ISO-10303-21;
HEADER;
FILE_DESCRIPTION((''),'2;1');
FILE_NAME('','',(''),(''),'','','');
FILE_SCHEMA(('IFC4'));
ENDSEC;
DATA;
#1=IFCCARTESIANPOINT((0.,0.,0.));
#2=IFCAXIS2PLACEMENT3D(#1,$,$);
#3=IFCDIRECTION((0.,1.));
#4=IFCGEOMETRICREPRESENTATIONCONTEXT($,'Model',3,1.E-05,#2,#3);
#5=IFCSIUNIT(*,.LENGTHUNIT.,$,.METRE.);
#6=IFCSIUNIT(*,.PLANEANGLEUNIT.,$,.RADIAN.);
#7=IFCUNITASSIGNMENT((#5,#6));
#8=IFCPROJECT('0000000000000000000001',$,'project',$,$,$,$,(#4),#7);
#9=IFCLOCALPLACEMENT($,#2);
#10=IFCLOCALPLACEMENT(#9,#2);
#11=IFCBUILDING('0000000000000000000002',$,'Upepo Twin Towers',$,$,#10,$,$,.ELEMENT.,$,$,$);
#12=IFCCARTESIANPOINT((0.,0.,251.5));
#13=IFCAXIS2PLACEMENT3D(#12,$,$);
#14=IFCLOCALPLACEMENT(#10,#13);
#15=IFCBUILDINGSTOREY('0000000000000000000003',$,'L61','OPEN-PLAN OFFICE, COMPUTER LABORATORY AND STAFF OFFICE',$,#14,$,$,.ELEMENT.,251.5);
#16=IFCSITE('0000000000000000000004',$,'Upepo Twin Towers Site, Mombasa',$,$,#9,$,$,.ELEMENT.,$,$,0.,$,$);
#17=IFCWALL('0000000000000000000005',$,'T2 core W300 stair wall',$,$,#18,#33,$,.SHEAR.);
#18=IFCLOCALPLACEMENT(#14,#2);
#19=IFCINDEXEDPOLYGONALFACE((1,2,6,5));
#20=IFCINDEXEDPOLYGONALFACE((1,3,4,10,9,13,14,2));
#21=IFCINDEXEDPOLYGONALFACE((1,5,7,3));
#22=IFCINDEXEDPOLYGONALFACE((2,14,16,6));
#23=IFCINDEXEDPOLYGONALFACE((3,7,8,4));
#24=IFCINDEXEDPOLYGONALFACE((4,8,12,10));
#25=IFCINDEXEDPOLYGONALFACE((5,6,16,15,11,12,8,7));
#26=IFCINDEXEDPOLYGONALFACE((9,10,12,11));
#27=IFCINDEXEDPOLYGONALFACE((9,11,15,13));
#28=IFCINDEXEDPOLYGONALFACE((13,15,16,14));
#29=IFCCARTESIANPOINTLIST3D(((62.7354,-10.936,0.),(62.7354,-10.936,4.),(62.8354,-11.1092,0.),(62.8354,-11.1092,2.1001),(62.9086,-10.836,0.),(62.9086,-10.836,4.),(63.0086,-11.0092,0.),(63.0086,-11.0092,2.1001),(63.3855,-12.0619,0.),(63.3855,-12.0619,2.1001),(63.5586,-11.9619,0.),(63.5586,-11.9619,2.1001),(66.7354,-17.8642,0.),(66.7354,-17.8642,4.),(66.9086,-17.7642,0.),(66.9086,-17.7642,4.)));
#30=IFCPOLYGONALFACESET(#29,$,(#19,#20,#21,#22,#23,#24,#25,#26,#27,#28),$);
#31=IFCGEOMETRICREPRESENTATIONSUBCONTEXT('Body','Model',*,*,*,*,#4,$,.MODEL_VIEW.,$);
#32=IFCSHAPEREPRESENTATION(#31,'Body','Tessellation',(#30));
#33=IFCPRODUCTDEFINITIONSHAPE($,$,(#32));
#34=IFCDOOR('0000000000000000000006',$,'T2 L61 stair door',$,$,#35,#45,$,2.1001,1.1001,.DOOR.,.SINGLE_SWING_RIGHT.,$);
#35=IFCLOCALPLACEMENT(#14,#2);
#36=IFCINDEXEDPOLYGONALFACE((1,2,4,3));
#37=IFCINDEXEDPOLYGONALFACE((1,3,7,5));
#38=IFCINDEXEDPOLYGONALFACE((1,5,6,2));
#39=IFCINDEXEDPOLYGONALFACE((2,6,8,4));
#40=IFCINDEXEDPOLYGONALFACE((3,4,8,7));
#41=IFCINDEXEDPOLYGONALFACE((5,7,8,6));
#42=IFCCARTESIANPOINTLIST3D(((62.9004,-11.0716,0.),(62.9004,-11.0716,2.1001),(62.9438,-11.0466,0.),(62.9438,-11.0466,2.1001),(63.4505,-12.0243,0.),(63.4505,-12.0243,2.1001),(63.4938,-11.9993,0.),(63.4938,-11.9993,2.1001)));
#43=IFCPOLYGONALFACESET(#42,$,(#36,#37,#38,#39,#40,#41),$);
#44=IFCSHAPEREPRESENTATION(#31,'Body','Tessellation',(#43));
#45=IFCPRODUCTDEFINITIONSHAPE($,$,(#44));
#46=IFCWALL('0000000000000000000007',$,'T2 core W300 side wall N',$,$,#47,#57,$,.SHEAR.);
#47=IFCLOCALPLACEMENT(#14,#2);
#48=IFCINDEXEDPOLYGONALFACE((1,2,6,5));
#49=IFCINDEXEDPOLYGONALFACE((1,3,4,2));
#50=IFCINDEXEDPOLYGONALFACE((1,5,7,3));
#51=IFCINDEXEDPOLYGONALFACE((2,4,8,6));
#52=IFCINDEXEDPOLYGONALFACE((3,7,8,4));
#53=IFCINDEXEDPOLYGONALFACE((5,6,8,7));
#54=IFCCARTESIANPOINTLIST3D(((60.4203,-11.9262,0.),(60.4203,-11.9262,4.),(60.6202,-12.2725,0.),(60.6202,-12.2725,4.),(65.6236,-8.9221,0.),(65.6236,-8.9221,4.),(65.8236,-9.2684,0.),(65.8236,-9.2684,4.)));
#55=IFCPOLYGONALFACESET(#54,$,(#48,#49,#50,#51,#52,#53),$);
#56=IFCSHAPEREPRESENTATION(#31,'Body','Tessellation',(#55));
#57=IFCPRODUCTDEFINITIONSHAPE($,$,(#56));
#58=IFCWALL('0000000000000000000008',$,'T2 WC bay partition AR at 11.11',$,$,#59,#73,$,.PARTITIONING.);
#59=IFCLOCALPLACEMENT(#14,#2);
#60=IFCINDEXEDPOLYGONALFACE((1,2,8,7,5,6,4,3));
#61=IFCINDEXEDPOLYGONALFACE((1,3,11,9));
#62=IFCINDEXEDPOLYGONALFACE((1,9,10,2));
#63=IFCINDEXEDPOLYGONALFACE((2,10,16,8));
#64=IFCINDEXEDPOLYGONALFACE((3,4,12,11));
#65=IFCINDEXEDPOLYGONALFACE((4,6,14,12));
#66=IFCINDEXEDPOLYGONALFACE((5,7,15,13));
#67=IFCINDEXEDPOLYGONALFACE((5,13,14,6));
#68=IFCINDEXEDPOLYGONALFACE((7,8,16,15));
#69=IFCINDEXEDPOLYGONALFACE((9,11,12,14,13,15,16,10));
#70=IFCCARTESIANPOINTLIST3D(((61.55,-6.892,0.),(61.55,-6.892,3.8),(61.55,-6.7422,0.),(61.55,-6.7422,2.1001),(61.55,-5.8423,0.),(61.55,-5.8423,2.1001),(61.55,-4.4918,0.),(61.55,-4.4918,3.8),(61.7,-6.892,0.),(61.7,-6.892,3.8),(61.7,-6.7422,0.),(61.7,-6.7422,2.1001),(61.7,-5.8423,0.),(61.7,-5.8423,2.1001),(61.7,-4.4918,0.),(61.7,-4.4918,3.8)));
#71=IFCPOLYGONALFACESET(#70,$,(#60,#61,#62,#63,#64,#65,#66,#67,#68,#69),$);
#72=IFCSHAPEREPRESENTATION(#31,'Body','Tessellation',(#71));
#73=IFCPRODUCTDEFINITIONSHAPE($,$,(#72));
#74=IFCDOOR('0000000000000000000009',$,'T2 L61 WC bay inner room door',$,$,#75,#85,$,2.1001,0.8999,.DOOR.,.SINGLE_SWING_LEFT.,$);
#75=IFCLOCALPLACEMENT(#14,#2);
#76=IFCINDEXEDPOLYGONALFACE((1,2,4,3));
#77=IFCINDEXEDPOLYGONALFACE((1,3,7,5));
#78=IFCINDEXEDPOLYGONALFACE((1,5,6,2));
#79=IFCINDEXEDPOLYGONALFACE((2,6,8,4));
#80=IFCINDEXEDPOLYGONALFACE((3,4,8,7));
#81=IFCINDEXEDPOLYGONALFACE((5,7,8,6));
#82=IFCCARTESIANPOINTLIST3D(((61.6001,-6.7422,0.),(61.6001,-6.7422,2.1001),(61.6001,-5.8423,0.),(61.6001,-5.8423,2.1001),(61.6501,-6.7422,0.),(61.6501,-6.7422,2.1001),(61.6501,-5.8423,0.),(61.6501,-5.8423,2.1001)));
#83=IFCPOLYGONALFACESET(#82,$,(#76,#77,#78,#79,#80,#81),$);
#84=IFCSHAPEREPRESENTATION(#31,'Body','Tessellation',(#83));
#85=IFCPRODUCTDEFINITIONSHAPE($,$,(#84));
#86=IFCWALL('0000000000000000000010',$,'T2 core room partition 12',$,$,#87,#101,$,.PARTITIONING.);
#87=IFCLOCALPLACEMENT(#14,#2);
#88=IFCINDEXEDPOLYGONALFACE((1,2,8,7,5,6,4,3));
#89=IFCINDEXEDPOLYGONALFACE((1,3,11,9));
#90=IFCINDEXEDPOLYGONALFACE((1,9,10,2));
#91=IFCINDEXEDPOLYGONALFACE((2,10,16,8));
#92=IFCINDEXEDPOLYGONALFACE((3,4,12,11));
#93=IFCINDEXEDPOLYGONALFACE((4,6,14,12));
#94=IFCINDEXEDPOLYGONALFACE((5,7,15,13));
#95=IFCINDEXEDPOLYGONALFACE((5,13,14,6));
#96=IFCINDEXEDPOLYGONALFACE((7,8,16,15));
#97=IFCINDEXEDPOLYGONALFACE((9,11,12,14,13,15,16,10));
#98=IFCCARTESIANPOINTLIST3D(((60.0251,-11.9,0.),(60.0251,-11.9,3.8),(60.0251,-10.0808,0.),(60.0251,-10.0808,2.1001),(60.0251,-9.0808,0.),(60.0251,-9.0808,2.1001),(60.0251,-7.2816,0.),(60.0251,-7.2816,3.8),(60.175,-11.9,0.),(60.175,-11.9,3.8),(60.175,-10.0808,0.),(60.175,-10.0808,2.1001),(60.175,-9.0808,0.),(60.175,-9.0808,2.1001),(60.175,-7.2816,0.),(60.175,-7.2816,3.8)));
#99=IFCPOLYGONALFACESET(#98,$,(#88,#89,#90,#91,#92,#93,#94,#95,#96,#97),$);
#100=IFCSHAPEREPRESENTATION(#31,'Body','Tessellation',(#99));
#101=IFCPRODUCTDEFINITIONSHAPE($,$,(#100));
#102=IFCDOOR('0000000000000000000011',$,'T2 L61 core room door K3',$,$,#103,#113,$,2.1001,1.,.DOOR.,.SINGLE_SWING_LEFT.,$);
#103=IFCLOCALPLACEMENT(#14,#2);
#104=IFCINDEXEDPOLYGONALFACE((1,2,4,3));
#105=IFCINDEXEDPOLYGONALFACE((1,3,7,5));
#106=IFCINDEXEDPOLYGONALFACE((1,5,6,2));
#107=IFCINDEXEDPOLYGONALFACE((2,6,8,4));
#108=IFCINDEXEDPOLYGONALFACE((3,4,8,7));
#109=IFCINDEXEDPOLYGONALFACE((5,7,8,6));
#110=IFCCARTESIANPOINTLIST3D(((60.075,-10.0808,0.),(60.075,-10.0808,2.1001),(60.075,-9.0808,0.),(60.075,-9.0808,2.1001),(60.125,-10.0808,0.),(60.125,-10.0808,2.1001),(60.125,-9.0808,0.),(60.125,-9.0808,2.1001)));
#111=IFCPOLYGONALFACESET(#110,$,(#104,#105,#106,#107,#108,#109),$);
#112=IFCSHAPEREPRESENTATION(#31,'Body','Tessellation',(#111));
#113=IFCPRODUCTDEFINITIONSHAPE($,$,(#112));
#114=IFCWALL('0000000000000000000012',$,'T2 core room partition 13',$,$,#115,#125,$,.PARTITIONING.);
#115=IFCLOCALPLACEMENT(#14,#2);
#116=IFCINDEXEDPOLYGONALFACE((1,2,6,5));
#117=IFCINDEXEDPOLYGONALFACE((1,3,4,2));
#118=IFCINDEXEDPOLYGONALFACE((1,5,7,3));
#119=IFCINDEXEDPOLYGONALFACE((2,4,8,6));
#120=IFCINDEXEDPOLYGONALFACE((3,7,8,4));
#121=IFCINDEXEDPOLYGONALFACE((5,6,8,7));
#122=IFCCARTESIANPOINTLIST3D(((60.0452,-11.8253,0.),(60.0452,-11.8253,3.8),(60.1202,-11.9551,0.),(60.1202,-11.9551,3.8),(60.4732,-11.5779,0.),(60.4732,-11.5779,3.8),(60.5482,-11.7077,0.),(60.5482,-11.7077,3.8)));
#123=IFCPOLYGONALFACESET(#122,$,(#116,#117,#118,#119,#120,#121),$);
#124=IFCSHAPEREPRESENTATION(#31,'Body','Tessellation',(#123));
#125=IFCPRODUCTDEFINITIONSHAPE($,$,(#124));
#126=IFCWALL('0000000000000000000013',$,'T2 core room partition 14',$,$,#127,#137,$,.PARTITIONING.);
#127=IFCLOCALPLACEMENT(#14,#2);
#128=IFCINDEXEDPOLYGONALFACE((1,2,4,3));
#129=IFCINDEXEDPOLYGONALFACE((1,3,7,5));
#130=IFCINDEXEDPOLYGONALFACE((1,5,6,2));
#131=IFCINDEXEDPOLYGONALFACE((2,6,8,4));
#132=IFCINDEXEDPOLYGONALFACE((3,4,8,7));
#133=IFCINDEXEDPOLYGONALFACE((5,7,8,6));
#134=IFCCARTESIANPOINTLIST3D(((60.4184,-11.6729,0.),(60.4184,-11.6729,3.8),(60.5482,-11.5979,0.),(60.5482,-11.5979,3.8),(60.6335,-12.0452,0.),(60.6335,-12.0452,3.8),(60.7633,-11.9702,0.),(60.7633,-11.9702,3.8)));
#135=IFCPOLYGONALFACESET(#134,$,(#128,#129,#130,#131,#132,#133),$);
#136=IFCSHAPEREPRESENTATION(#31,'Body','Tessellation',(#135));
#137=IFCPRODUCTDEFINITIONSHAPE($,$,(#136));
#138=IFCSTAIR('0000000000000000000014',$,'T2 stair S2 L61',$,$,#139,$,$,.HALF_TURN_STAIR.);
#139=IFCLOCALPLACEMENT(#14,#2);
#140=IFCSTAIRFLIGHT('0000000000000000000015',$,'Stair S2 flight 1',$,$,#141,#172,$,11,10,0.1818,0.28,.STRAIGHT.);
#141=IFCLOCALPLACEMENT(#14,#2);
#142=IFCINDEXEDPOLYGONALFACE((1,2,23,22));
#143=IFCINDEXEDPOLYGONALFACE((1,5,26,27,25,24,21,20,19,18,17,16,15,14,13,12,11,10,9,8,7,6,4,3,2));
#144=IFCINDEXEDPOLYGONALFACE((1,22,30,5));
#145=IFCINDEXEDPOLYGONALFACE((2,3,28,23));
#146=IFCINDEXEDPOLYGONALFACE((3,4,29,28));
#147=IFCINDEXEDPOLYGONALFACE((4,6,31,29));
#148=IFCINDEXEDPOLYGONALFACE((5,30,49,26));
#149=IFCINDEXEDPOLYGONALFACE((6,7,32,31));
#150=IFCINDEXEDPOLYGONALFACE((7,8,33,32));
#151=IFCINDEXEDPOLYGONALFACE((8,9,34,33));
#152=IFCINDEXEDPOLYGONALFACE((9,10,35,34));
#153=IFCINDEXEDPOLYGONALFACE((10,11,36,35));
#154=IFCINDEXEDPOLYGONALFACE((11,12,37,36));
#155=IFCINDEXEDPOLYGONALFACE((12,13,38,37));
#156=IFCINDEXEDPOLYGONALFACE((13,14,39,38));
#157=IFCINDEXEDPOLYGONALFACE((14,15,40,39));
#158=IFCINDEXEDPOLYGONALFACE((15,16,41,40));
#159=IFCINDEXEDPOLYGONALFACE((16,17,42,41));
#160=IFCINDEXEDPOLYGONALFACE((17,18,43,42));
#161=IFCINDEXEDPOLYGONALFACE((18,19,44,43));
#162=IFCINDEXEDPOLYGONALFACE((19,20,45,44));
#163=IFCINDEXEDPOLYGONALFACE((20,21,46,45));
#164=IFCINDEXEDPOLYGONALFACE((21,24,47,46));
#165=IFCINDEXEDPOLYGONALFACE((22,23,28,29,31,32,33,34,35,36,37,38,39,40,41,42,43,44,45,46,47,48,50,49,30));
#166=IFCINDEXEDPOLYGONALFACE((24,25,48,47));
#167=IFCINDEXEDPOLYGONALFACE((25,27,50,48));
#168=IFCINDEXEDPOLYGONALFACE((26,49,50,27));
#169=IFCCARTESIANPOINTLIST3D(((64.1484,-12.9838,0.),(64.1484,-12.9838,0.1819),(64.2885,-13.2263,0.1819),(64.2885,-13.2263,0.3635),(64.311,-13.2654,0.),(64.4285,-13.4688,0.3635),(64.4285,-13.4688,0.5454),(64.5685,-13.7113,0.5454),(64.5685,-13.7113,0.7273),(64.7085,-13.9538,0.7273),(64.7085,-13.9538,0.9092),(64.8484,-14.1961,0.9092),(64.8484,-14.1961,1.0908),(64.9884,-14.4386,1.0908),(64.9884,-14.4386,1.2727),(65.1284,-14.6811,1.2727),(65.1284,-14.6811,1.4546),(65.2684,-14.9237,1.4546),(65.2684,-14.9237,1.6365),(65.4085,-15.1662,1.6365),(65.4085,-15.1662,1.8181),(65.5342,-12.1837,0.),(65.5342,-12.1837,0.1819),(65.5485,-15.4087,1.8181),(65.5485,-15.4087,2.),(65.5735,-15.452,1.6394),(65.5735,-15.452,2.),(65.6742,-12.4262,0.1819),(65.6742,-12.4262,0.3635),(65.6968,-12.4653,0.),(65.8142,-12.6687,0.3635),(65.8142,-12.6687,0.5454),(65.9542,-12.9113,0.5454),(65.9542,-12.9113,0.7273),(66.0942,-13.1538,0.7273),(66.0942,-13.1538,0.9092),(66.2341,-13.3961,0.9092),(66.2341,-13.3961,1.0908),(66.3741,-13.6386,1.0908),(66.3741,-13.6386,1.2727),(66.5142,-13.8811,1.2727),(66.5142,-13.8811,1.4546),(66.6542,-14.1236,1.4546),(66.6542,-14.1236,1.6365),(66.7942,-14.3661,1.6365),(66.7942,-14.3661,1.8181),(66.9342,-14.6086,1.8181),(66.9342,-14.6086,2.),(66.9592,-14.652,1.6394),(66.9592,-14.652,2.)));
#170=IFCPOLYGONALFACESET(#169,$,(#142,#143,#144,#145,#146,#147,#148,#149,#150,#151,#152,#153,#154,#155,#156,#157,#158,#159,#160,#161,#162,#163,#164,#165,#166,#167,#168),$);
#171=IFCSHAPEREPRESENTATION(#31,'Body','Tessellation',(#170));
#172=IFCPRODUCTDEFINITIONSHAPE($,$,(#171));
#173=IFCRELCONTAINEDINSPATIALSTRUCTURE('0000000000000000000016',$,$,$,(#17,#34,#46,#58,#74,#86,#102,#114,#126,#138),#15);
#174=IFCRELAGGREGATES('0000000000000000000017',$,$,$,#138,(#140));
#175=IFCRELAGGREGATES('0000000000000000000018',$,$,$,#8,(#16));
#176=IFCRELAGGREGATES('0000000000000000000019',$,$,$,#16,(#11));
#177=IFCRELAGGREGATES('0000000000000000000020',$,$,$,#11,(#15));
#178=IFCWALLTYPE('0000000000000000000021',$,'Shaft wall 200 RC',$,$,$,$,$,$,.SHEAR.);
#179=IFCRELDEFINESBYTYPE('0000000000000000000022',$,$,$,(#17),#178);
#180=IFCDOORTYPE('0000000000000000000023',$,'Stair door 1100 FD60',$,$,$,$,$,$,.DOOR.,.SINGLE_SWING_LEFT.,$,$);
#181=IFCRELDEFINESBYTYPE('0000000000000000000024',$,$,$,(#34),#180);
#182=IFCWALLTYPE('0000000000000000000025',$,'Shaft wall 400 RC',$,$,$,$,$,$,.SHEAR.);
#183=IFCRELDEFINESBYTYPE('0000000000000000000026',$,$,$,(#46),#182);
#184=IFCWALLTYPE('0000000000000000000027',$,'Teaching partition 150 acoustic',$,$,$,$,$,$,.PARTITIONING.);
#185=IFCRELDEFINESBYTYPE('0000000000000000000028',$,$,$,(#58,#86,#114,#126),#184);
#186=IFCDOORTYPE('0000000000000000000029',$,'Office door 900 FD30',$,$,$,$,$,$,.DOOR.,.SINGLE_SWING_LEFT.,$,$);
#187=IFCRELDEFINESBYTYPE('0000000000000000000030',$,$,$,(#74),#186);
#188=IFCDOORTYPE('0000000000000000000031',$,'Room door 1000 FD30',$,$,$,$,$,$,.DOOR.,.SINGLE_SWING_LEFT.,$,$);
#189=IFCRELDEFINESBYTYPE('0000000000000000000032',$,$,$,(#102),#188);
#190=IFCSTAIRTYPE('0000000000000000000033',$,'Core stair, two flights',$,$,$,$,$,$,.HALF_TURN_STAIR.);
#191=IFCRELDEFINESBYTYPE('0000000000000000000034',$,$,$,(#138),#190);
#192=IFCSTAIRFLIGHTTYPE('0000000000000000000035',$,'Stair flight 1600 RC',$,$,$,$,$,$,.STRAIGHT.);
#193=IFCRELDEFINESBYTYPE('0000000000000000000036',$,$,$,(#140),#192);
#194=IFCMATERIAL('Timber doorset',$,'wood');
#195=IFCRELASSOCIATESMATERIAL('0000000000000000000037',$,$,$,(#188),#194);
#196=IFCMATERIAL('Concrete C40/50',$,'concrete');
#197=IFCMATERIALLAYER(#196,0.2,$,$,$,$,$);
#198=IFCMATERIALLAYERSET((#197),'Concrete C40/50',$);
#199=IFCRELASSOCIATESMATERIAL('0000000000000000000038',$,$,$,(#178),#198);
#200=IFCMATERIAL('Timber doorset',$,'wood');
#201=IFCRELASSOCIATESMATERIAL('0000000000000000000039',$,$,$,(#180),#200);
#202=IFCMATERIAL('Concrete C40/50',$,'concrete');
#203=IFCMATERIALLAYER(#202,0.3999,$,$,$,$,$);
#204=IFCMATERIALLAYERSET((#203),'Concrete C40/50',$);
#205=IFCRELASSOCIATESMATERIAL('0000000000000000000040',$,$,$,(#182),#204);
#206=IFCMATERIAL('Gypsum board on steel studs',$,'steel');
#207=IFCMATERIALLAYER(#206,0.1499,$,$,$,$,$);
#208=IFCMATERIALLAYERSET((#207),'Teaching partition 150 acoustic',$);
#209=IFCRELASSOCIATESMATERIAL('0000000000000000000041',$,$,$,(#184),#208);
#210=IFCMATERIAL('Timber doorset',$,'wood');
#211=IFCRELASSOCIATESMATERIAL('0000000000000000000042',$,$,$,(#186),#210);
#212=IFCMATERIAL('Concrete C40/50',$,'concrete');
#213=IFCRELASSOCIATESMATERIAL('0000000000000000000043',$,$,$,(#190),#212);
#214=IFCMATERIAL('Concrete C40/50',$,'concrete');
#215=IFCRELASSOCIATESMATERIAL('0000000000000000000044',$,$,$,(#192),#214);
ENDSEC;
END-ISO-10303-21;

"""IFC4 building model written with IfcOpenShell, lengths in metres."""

from ifc_helpers import new_model, si_unit, direction, frame, frame_2d, origin, place, context, subcontext, project, spatial, polyline, rectangle, outline, extrude, material, layer, layer_set, type_object, element, fill, aggregate, save


model = new_model("IFC4")

# Units and contexts
model_context = context("Model", 3, precision=1e-05, world=origin(), true_north=direction((0.0, 1.0)))
body_context = subcontext(model_context, "Body", "Model", "MODEL_VIEW")
ifc_project = project(units=[si_unit("LENGTHUNIT", "METRE"), si_unit("PLANEANGLEUNIT", "RADIAN")], contexts=[model_context])

# Site, building, storey
site_placement = place(None, origin())
site = spatial("IfcSite", under=ifc_project, at=site_placement, Name="Upepo Twin Towers Site, Mombasa", CompositionType="ELEMENT", RefElevation=0.0)
building_placement = place(site_placement, origin())
building = spatial("IfcBuilding", under=site, at=building_placement, Name="Upepo Twin Towers", CompositionType="ELEMENT")
storey_placement = place(building_placement, frame((0.0, 0.0, 251.5)))
storey = spatial("IfcBuildingStorey", under=building, at=storey_placement, Name="L61", Description="OPEN-PLAN OFFICE, COMPUTER LABORATORY AND STAFF OFFICE", CompositionType="ELEMENT", Elevation=251.5)

# Shared definitions
ifc_material_1 = material(Name="Timber doorset", Category="wood")
door_type_1 = type_object("IfcDoorType", Name="Room door 1000 FD30", OperationType="SINGLE_SWING_LEFT", PredefinedType="DOOR", material=ifc_material_1)

# Shared definitions
ifc_material_2 = material(Name="Concrete C40/50", Category="concrete")
ifc_layer_1 = layer(ifc_material_2, 0.2)
ifc_layer_set_1 = layer_set([ifc_layer_1], Name="Concrete C40/50")
wall_type_1 = type_object("IfcWallType", Name="Shaft wall 200 RC", PredefinedType="SHEAR", material=ifc_layer_set_1)

# Wall, opening, door
wall_1_placement = place(storey_placement, frame((66.822, -17.8142, 0.0), z_axis=(0.0, 0.0, 1.0), x_axis=(-0.499999, 0.866026, 0.0)))
wall_1 = element("IfcWall", 1, at=wall_1_placement, inside=storey, type_object=wall_type_1, Name="T2 core W300 stair wall", PredefinedType="SHEAR", context=body_context, shape_type="SweptSolid", body=[
    extrude(rectangle(XDim=8.0, YDim=0.2, at=frame_2d((4.0, 0.0))), origin(), (0.0, 0.0, 1.0), 4.0),
])
opening_1_placement = place(wall_1_placement, frame((6.7, 0.0, 0.0)))
opening_1 = element("IfcOpeningElement", 2, at=opening_1_placement, cuts=wall_1, PredefinedType="OPENING", context=body_context, shape_type="SweptSolid", body=[
    extrude(rectangle(XDim=1.1001, YDim=2.1001, at=frame_2d((0.55, 1.05))), frame((0.0, 0.1099, 0.0), z_axis=(0.0, -1.0, 0.0), x_axis=(1.0, 0.0, 0.0)), (0.0, 0.0, 1.0), 0.22),
])
ifc_material_3 = material(Name="Timber doorset", Category="wood")
door_type_2 = type_object("IfcDoorType", Name="Stair door 1100 FD60", OperationType="SINGLE_SWING_LEFT", PredefinedType="DOOR", material=ifc_material_3)
door_1_placement = place(opening_1_placement, origin())
door_1 = element("IfcDoor", 3, at=door_1_placement, inside=storey, type_object=door_type_2, Name="T2 L61 stair door", OperationType="SINGLE_SWING_RIGHT", OverallHeight=2.1001, OverallWidth=1.1001, PredefinedType="DOOR", context=body_context, shape_type="SweptSolid", body=[
    extrude(rectangle(XDim=1.1001, YDim=2.1001, at=frame_2d((0.55, 1.05))), frame((0.0, 0.0249, 0.0), z_axis=(0.0, -1.0, 0.0), x_axis=(1.0, 0.0, 0.0)), (0.0, 0.0, 1.0), 0.05),
])
fill(opening_1, door_1)

# Wall
ifc_material_4 = material(Name="Concrete C40/50", Category="concrete")
ifc_layer_2 = layer(ifc_material_4, 0.3999)
ifc_layer_set_2 = layer_set([ifc_layer_2], Name="Concrete C40/50")
wall_type_2 = type_object("IfcWallType", Name="Shaft wall 400 RC", PredefinedType="SHEAR", material=ifc_layer_set_2)
wall_2_placement = place(storey_placement, frame((60.5203, -12.0994, 0.0), z_axis=(0.0, 0.0, 1.0), x_axis=(0.866027, 0.499998, 0.0)))
element("IfcWall", 4, at=wall_2_placement, inside=storey, type_object=wall_type_2, Name="T2 core W300 side wall N", PredefinedType="SHEAR", context=body_context, shape_type="SweptSolid", body=[
    extrude(rectangle(XDim=6.0083, YDim=0.3999, at=frame_2d((3.0042, 0.0))), origin(), (0.0, 0.0, 1.0), 4.0),
])

# Walls, openings, doors
ifc_material_5 = material(Name="Gypsum board on steel studs", Category="steel")
ifc_layer_3 = layer(ifc_material_5, 0.1499)
ifc_layer_set_3 = layer_set([ifc_layer_3], Name="Teaching partition 150 acoustic")
wall_type_3 = type_object("IfcWallType", Name="Teaching partition 150 acoustic", PredefinedType="PARTITIONING", material=ifc_layer_set_3)
wall_3_placement = place(storey_placement, frame((61.625, -6.8921, 0.0), z_axis=(0.0, 0.0, 1.0), x_axis=(0.0, 1.0, 0.0)))
wall_3 = element("IfcWall", 5, at=wall_3_placement, inside=storey, type_object=wall_type_3, Name="T2 WC bay partition AR at 11.11", PredefinedType="PARTITIONING", context=body_context, shape_type="SweptSolid", body=[
    extrude(rectangle(XDim=2.4001, YDim=0.1499, at=frame_2d((1.2002, 0.0))), origin(), (0.0, 0.0, 1.0), 3.8),
])
opening_2_placement = place(wall_3_placement, frame((0.1499, 0.0, 0.0)))
opening_2 = element("IfcOpeningElement", 6, at=opening_2_placement, cuts=wall_3, PredefinedType="OPENING", context=body_context, shape_type="SweptSolid", body=[
    extrude(rectangle(XDim=0.8999, YDim=2.1001, at=frame_2d((0.45, 1.05))), frame((0.0, 0.085, 0.0), z_axis=(0.0, -1.0, 0.0), x_axis=(1.0, 0.0, 0.0)), (0.0, 0.0, 1.0), 0.1699),
])
ifc_material_6 = material(Name="Timber doorset", Category="wood")
door_type_3 = type_object("IfcDoorType", Name="Office door 900 FD30", OperationType="SINGLE_SWING_LEFT", PredefinedType="DOOR", material=ifc_material_6)
door_2_placement = place(opening_2_placement, origin())
door_2 = element("IfcDoor", 7, at=door_2_placement, inside=storey, type_object=door_type_3, Name="T2 L61 WC bay inner room door", OperationType="SINGLE_SWING_LEFT", OverallHeight=2.1001, OverallWidth=0.8999, PredefinedType="DOOR", context=body_context, shape_type="SweptSolid", body=[
    extrude(rectangle(XDim=0.8999, YDim=2.1001, at=frame_2d((0.45, 1.05))), frame((0.0, 0.0249, 0.0), z_axis=(0.0, -1.0, 0.0), x_axis=(1.0, 0.0, 0.0)), (0.0, 0.0, 1.0), 0.05),
])
fill(opening_2, door_2)
wall_4_placement = place(storey_placement, frame((60.1001, -7.2817, 0.0), z_axis=(0.0, 0.0, 1.0), x_axis=(0.0, -1.0, 0.0)))
wall_4 = element("IfcWall", 8, at=wall_4_placement, inside=storey, type_object=wall_type_3, Name="T2 core room partition 12", PredefinedType="PARTITIONING", context=body_context, shape_type="SweptSolid", body=[
    extrude(rectangle(XDim=4.6184, YDim=0.1499, at=frame_2d((2.3091, 0.0))), origin(), (0.0, 0.0, 1.0), 3.8),
])
opening_3_placement = place(wall_4_placement, frame((1.7991, 0.0, 0.0)))
opening_3 = element("IfcOpeningElement", 9, at=opening_3_placement, cuts=wall_4, PredefinedType="OPENING", context=body_context, shape_type="SweptSolid", body=[
    extrude(rectangle(XDim=1.0, YDim=2.1001, at=frame_2d((0.5, 1.05))), frame((0.0, 0.085, 0.0), z_axis=(0.0, -1.0, 0.0), x_axis=(1.0, 0.0, 0.0)), (0.0, 0.0, 1.0), 0.1699),
])
door_3_placement = place(opening_3_placement, origin())
door_3 = element("IfcDoor", 10, at=door_3_placement, inside=storey, type_object=door_type_1, Name="T2 L61 core room door K3", OperationType="SINGLE_SWING_LEFT", OverallHeight=2.1001, OverallWidth=1.0, PredefinedType="DOOR", context=body_context, shape_type="SweptSolid", body=[
    extrude(rectangle(XDim=1.0, YDim=2.1001, at=frame_2d((0.5, 1.05))), frame((0.0, 0.0249, 0.0), z_axis=(0.0, -1.0, 0.0), x_axis=(1.0, 0.0, 0.0)), (0.0, 0.0, 1.0), 0.05),
])
fill(opening_3, door_3)

# Walls
wall_5_placement = place(storey_placement, frame((60.0828, -11.8901, 0.0), z_axis=(0.0, 0.0, 1.0), x_axis=(0.865832, 0.500335, 0.0)))
element("IfcWall", 11, at=wall_5_placement, inside=storey, type_object=wall_type_3, Name="T2 core room partition 13", PredefinedType="PARTITIONING", context=body_context, shape_type="SweptSolid", body=[
    extrude(rectangle(XDim=0.4944, YDim=0.1499, at=frame_2d((0.2471, 0.0))), origin(), (0.0, 0.0, 1.0), 3.8),
])
wall_6_placement = place(storey_placement, frame((60.4834, -11.6355, 0.0), z_axis=(0.0, 0.0, 1.0), x_axis=(0.50023, -0.865892, 0.0)))
element("IfcWall", 12, at=wall_6_placement, inside=storey, type_object=wall_type_3, Name="T2 core room partition 14", PredefinedType="PARTITIONING", context=body_context, shape_type="SweptSolid", body=[
    extrude(rectangle(XDim=0.4299, YDim=0.1499, at=frame_2d((0.2148, 0.0))), origin(), (0.0, 0.0, 1.0), 3.8),
])

# Stair, stair flight
ifc_material_7 = material(Name="Concrete C40/50", Category="concrete")
stair_type = type_object("IfcStairType", Name="Core stair, two flights", PredefinedType="HALF_TURN_STAIR", material=ifc_material_7)
stair_placement = place(storey_placement, origin())
stair = element("IfcStair", 13, at=stair_placement, inside=storey, type_object=stair_type, Name="T2 stair S2 L61", PredefinedType="HALF_TURN_STAIR")
ifc_material_8 = material(Name="Concrete C40/50", Category="concrete")
stair_flight_type = type_object("IfcStairFlightType", Name="Stair flight 1600 RC", PredefinedType="STRAIGHT", material=ifc_material_8)
stair_flight_1_placement = place(storey_placement, frame((64.8413, -12.5837, 0.0), z_axis=(0.0, 0.0, 1.0), x_axis=(0.5, -0.866025, 0.0)))
stair_flight_1 = element("IfcStairFlight", 14, at=stair_flight_1_placement, type_object=stair_flight_type, Name="Stair S2 flight 1", NumberOfRisers=11, NumberOfTreads=10, PredefinedType="STRAIGHT", RiserHeight=0.1818, TreadLength=0.28, context=body_context, shape_type="SweptSolid", body=[
    extrude(outline(polyline([(0.0, 0.0), (0.0, 0.1819), (0.28, 0.1819), (0.28, 0.3635), (0.5601, 0.3635), (0.5601, 0.5454), (0.8401, 0.5454), (0.8401, 0.7273), (1.1201, 0.7273), (1.1201, 0.9092), (1.3999, 0.9092), (1.3999, 1.0908), (1.6799, 1.0908), (1.6799, 1.2727), (1.96, 1.2727), (1.96, 1.4546), (2.24, 1.4546), (2.24, 1.6365), (2.52, 1.6365), (2.52, 1.8181), (2.8, 1.8181), (2.8, 2.0), (2.8501, 2.0), (2.8501, 1.6394), (0.3252, 0.0), (0.0, 0.0)])), frame((0.0, 0.8, 0.0), z_axis=(0.0, -1.0, 0.0), x_axis=(1.0, 0.0, 0.0)), (0.0, 0.0, 1.0), 1.6001),
])
aggregate(stair, [stair_flight_1])

save(model, "model.ifc")
